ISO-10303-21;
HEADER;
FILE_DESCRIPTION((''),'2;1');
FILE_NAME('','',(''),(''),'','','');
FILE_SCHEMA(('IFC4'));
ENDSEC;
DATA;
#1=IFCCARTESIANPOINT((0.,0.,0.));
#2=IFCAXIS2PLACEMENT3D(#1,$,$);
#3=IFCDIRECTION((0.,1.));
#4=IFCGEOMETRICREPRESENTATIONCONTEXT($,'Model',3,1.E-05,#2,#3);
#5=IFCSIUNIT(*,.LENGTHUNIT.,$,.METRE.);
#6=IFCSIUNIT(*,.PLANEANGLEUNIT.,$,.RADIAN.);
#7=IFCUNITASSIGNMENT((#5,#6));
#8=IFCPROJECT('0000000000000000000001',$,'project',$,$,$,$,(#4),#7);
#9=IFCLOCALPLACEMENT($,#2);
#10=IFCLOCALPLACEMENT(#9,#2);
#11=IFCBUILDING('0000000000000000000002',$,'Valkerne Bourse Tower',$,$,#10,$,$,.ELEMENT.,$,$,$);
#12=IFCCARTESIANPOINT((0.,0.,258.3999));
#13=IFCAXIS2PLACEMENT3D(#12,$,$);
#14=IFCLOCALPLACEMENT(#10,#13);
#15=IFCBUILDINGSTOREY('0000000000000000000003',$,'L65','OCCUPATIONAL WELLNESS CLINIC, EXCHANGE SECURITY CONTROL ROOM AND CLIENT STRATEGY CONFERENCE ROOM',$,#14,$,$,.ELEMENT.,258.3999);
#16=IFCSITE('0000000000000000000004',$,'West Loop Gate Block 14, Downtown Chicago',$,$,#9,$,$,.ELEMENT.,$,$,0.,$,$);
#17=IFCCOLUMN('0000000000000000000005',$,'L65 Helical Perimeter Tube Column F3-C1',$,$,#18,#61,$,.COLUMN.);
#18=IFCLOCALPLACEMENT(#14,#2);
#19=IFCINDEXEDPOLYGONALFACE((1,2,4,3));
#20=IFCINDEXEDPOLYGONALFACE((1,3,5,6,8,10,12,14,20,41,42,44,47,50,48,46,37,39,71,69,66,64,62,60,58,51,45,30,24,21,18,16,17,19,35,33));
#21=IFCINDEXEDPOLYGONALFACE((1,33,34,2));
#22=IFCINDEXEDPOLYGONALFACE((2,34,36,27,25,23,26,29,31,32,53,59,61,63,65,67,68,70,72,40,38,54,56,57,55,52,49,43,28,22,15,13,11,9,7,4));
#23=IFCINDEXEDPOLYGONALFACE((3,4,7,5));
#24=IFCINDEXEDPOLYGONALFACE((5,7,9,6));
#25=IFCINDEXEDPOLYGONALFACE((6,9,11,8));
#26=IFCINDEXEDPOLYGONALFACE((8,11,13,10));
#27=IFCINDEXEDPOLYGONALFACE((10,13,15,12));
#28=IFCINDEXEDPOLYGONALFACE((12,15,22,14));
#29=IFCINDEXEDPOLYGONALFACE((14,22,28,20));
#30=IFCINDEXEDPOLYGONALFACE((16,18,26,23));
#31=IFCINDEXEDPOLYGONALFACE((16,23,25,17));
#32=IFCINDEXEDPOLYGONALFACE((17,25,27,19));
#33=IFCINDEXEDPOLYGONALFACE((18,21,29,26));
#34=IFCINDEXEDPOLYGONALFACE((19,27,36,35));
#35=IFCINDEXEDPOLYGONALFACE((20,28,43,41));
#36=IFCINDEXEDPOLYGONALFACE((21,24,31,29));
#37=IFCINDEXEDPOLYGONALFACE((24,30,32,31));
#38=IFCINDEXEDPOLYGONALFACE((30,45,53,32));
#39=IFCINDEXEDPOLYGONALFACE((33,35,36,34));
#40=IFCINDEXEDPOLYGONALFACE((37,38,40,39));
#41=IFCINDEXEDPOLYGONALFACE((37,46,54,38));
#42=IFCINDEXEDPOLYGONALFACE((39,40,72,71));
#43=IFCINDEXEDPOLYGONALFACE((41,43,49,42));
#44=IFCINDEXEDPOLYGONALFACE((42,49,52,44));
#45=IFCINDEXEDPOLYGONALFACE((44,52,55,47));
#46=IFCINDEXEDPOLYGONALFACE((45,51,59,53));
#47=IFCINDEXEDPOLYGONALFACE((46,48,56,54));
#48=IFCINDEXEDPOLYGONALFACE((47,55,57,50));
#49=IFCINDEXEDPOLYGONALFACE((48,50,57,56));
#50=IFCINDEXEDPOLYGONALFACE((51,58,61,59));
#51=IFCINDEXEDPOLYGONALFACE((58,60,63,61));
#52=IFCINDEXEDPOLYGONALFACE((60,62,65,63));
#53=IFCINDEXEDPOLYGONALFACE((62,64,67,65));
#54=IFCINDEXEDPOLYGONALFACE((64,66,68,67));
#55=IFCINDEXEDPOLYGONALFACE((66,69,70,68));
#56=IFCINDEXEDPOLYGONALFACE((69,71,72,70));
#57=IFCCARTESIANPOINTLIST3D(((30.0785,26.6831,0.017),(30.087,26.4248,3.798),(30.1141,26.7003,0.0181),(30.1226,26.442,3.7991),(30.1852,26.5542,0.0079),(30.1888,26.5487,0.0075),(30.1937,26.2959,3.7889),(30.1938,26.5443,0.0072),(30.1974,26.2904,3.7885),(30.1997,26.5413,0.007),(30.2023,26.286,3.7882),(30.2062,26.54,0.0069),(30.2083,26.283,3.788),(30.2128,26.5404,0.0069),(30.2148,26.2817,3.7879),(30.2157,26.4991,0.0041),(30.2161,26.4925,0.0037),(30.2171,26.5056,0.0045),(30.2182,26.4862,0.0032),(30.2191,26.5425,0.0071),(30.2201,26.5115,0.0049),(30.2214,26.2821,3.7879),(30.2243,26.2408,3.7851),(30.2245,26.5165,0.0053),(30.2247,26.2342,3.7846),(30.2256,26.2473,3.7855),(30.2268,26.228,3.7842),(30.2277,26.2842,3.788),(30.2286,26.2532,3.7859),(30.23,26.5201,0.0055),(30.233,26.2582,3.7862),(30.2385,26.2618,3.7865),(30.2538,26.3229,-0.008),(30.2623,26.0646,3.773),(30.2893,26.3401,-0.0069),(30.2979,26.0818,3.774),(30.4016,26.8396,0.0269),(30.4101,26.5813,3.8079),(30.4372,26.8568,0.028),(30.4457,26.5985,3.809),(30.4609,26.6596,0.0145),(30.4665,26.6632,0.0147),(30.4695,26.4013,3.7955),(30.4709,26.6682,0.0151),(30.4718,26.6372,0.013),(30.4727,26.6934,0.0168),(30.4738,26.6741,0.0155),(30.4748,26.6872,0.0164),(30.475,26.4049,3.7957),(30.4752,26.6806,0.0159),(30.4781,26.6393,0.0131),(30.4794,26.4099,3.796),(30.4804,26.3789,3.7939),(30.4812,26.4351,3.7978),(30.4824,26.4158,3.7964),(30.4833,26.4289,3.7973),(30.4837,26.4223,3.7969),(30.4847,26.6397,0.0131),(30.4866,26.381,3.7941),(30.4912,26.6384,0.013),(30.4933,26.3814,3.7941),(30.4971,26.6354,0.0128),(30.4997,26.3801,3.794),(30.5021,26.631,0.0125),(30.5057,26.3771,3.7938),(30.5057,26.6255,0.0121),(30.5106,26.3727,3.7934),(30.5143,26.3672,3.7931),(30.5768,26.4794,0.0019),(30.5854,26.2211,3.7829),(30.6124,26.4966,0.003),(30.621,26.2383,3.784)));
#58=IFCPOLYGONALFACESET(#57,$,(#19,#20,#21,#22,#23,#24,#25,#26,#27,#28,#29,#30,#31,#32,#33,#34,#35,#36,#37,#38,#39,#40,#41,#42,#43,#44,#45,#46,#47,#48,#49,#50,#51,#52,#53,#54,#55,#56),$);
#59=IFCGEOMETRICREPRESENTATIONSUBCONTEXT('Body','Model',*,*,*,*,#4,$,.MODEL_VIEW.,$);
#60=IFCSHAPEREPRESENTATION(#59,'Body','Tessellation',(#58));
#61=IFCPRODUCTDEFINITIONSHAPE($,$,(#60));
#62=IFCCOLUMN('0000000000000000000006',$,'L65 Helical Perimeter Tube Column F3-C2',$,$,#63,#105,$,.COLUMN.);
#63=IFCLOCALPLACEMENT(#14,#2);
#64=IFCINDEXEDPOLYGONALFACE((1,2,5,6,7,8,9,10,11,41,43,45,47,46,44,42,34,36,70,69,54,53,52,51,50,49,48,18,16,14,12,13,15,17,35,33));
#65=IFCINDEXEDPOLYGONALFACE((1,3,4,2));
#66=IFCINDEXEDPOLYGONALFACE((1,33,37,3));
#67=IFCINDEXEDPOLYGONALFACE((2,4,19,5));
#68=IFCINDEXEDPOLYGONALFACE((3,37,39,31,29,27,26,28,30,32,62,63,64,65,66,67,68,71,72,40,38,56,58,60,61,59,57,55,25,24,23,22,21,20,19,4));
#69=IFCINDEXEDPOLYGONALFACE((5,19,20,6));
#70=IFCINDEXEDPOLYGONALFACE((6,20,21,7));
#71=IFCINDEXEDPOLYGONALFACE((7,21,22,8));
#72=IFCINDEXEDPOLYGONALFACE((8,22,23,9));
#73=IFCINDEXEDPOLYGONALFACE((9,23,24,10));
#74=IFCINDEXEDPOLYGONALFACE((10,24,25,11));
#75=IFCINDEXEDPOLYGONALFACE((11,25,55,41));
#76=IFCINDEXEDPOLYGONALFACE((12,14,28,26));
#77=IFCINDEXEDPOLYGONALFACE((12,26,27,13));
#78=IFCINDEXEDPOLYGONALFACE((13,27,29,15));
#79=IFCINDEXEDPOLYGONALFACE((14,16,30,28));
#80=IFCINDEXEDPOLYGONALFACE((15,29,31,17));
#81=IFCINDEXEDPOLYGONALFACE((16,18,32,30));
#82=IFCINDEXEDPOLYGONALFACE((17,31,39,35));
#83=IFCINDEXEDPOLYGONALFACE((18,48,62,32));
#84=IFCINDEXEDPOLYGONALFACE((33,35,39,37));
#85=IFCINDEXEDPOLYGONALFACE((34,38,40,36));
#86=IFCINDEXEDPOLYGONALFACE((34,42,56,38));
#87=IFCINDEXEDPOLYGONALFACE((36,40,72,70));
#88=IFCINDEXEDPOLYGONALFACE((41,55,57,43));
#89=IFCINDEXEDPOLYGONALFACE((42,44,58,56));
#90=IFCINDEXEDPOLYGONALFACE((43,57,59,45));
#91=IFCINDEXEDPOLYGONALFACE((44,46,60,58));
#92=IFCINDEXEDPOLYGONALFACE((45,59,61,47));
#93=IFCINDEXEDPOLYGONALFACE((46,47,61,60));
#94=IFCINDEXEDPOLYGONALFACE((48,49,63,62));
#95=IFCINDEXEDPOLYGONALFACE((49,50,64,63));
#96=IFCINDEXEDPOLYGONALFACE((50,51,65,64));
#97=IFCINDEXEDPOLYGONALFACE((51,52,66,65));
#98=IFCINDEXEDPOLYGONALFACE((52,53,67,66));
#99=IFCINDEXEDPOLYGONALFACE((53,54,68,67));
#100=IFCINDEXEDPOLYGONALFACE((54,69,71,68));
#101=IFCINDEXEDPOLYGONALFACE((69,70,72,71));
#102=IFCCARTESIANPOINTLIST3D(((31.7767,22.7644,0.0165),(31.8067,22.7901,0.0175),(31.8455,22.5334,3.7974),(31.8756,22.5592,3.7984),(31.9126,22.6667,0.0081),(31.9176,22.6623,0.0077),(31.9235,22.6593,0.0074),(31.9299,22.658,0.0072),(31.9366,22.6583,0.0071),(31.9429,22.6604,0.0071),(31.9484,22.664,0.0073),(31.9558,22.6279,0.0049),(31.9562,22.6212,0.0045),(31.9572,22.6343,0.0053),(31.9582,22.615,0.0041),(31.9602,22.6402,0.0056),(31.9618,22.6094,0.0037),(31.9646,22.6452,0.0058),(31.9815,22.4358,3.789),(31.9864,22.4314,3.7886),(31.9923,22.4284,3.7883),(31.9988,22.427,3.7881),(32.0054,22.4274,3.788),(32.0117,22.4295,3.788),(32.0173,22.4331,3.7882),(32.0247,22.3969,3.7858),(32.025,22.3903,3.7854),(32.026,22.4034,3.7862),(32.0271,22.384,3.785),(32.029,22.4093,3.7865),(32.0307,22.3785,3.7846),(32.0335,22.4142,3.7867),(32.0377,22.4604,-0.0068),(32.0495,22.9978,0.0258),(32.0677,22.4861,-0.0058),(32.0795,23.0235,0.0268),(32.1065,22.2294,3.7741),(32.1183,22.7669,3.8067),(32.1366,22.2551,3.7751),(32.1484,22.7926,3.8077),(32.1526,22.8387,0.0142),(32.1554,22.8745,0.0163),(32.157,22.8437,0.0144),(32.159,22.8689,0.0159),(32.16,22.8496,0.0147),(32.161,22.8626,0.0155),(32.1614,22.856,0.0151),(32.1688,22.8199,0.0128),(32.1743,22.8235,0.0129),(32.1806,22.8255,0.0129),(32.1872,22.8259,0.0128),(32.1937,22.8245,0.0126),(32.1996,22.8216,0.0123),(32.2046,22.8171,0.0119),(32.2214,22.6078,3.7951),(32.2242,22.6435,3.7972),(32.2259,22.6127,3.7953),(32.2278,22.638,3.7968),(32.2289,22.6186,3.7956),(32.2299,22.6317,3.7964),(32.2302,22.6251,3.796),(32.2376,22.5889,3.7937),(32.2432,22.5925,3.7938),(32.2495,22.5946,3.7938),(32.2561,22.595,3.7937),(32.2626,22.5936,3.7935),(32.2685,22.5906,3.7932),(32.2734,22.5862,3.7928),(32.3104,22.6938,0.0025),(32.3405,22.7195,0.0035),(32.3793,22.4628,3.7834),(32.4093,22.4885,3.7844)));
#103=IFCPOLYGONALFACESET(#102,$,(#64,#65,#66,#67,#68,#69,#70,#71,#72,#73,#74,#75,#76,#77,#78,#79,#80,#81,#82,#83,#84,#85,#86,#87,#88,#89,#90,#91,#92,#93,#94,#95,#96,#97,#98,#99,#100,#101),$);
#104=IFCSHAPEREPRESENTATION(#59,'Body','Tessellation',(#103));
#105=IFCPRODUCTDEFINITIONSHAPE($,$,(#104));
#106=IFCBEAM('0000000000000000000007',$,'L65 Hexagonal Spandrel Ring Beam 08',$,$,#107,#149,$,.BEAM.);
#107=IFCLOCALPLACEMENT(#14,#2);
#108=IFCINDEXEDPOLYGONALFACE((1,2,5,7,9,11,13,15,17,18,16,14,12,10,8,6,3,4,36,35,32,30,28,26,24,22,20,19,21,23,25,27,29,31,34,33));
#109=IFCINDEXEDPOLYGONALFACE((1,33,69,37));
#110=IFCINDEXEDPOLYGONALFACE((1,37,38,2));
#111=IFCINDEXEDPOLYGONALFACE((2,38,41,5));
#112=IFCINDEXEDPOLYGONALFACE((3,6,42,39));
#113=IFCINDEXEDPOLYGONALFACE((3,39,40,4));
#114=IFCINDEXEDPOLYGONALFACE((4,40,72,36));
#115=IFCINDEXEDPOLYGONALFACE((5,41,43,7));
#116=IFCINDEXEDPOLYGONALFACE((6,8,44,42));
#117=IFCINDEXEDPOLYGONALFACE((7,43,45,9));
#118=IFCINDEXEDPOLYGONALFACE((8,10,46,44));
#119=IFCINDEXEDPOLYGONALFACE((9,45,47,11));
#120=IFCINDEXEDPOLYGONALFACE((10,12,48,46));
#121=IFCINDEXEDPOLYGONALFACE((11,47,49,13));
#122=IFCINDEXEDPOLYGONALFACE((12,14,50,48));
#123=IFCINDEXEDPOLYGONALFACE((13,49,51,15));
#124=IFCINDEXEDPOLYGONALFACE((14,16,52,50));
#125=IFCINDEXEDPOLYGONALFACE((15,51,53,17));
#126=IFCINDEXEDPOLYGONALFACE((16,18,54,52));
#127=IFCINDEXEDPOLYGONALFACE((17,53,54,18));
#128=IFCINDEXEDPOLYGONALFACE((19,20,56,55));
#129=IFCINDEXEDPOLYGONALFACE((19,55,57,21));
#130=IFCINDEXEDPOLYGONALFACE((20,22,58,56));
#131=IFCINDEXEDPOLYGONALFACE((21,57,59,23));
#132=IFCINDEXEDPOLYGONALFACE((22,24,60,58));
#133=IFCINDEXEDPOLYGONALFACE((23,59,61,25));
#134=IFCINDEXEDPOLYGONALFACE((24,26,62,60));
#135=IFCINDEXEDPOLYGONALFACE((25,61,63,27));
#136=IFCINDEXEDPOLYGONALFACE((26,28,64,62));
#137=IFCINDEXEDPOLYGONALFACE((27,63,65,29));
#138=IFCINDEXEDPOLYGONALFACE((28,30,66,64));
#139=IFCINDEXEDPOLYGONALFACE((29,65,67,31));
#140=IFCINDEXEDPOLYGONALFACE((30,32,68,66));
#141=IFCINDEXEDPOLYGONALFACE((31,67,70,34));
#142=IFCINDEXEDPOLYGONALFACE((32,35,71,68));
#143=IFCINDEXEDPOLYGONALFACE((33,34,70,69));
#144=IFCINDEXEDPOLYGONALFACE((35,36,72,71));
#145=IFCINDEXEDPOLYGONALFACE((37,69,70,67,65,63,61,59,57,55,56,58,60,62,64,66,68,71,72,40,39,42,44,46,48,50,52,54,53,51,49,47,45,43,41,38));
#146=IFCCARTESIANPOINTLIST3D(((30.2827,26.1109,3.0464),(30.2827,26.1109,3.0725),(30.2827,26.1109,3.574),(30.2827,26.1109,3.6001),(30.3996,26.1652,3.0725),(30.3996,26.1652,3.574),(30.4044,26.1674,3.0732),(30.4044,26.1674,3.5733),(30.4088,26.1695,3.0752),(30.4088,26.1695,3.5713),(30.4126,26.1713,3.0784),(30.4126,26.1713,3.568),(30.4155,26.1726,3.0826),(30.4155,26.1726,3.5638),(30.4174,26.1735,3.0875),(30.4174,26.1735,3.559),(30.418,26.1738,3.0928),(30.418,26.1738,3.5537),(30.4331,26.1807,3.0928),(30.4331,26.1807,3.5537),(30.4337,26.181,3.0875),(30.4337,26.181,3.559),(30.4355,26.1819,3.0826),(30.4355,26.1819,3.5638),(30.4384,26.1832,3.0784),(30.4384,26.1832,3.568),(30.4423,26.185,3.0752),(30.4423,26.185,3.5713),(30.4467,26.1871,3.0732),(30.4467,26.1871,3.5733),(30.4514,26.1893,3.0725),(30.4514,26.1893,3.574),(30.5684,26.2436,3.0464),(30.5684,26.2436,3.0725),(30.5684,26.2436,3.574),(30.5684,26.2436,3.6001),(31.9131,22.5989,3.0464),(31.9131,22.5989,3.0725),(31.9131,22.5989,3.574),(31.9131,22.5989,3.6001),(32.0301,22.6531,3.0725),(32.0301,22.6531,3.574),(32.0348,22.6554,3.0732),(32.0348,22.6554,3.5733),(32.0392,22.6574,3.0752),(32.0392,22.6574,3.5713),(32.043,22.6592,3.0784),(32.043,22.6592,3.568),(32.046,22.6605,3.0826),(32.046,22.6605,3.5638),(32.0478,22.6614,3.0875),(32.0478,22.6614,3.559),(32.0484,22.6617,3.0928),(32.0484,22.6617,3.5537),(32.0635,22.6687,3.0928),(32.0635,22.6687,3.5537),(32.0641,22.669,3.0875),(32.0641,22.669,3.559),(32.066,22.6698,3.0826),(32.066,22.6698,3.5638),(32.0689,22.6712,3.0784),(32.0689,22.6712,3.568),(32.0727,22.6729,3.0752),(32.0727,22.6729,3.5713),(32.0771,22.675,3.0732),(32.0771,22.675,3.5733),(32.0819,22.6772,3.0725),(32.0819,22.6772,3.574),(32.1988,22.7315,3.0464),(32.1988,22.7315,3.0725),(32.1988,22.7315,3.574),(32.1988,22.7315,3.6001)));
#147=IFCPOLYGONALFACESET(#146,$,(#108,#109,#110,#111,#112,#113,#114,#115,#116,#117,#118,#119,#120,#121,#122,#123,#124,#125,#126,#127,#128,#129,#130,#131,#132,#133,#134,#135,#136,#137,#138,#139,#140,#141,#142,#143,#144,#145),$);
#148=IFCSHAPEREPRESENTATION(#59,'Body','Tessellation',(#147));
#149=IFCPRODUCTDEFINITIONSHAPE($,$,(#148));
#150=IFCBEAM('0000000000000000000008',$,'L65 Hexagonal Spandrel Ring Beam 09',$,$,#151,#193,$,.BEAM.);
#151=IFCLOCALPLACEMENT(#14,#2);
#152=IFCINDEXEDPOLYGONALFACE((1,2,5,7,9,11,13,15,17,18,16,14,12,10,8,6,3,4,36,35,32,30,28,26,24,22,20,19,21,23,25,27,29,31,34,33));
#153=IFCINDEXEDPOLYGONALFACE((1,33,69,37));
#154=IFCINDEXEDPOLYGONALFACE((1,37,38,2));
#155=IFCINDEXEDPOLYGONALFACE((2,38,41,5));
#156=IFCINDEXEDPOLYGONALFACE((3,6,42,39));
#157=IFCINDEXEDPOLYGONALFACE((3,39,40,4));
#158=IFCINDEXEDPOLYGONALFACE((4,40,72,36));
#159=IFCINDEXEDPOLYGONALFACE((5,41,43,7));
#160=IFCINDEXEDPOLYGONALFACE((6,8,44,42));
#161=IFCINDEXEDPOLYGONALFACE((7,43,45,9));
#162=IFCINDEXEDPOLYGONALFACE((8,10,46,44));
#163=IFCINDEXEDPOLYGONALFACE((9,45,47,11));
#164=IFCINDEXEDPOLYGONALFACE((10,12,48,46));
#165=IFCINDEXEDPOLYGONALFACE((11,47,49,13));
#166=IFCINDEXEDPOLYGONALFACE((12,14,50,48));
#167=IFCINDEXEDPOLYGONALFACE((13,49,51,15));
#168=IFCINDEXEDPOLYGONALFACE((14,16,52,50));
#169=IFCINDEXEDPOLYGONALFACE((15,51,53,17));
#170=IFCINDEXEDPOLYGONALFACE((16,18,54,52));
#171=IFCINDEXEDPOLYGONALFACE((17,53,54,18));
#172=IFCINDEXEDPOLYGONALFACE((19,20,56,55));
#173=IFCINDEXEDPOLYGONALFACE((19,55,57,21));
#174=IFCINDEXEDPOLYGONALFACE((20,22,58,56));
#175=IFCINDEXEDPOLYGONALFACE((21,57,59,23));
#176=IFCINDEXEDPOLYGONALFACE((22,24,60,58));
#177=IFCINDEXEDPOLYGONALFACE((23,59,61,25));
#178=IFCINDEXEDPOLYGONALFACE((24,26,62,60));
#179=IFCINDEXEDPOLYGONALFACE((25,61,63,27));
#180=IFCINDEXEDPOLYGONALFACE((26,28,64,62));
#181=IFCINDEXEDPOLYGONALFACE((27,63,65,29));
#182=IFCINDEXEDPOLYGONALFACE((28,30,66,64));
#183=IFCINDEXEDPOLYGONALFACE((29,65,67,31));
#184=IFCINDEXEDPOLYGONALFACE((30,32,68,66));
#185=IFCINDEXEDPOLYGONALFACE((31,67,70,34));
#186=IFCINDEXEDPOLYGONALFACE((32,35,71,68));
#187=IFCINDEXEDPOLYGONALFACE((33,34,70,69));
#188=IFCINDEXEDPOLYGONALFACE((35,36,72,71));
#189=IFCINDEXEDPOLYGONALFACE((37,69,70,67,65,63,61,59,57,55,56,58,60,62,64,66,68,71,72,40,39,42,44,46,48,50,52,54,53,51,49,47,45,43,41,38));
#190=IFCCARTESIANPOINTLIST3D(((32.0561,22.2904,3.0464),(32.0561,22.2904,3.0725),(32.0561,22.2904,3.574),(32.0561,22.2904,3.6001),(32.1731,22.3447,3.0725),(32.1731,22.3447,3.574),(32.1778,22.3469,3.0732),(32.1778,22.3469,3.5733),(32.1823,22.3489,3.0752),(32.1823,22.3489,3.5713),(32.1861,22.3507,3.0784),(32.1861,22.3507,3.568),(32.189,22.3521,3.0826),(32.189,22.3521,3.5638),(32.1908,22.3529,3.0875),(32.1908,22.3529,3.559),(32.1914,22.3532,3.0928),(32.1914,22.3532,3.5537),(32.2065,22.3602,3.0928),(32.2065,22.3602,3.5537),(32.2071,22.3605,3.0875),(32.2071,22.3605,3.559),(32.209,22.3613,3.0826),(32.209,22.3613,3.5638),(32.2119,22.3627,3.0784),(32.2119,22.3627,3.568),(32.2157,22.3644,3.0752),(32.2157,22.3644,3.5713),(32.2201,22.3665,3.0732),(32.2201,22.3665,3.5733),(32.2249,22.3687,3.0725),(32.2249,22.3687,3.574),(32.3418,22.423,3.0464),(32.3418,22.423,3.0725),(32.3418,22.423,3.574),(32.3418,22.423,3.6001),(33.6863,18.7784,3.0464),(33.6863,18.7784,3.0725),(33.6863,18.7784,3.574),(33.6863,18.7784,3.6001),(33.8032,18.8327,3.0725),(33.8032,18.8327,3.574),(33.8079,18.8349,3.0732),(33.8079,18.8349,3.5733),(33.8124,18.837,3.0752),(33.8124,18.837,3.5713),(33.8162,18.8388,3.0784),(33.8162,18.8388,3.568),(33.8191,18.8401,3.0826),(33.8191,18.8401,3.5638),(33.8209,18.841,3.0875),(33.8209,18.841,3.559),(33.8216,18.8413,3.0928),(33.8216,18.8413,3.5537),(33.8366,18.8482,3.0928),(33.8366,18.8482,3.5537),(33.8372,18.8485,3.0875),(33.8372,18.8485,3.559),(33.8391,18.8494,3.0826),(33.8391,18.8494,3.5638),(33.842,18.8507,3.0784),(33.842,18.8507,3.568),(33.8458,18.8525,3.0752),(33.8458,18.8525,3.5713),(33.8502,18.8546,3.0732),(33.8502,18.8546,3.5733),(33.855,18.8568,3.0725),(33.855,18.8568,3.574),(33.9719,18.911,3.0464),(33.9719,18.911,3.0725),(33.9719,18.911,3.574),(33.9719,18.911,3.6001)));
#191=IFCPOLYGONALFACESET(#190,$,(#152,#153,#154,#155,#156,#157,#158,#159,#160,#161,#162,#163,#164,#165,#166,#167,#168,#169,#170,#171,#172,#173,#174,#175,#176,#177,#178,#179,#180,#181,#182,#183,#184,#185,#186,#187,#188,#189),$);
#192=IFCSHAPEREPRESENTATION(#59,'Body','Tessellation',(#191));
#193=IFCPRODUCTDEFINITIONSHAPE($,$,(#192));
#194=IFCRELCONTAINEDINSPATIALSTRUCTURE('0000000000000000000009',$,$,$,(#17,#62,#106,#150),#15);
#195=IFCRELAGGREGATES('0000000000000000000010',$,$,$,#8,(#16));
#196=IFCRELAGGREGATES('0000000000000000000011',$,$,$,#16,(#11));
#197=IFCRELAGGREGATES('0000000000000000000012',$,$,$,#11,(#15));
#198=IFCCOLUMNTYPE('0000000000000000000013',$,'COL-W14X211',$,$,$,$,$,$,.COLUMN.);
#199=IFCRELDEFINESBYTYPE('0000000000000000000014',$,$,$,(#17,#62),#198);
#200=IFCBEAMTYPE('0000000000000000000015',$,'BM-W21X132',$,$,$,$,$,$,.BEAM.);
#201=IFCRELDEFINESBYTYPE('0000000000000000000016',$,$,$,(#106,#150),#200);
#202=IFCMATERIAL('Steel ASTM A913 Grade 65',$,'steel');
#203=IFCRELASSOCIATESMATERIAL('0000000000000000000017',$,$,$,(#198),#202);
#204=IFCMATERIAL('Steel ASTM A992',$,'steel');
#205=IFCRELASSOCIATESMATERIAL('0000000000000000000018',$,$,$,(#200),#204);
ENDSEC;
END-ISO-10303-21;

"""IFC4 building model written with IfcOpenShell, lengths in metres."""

from ifc_helpers import new_model, si_unit, direction, frame, origin, origin_2d, place, context, subcontext, project, spatial, i_section, extrude, material, material_profile, profile_set, type_object, element, save


model = new_model("IFC4")

# Units and contexts
model_context = context("Model", 3, precision=1e-05, world=origin(), true_north=direction((0.0, 1.0)))
body_context = subcontext(model_context, "Body", "Model", "MODEL_VIEW")
ifc_project = project(units=[si_unit("LENGTHUNIT", "METRE"), si_unit("PLANEANGLEUNIT", "RADIAN")], contexts=[model_context])

# Site, building, storey
site_placement = place(None, origin())
site = spatial("IfcSite", under=ifc_project, at=site_placement, Name="West Loop Gate Block 14, Downtown Chicago", CompositionType="ELEMENT", RefElevation=0.0)
building_placement = place(site_placement, origin())
building = spatial("IfcBuilding", under=site, at=building_placement, Name="Valkerne Bourse Tower", CompositionType="ELEMENT")
storey_placement = place(building_placement, frame((0.0, 0.0, 258.3999)))
storey = spatial("IfcBuildingStorey", under=building, at=storey_placement, Name="L65", Description="OCCUPATIONAL WELLNESS CLINIC, EXCHANGE SECURITY CONTROL ROOM AND CLIENT STRATEGY CONFERENCE ROOM", CompositionType="ELEMENT", Elevation=258.3999)

# Columns
ifc_material_1 = material(Name="Steel ASTM A913 Grade 65", Category="steel")
ifc_material_profile_1 = material_profile(ifc_material_1, i_section(OverallWidth=0.4014, OverallDepth=0.3987, WebThickness=0.0249, FlangeThickness=0.0396, FilletRadius=0.0254, at=origin_2d()), Name="W14X211")
ifc_profile_set_1 = profile_set([ifc_material_profile_1], Name="Steel ASTM A913 Grade 65")
column_type = type_object("IfcColumnType", Name="COL-W14X211", PredefinedType="COLUMN", material=ifc_profile_set_1)
column_1_placement = place(storey_placement, frame((30.3455, 26.5898, 0.01), z_axis=(0.002255, -0.068156, 0.997672), x_axis=(0.436649, -0.897472, -0.062298)))
element("IfcColumn", 1, at=column_1_placement, inside=storey, type_object=column_type, Name="L65 Helical Perimeter Tube Column F3-C1", PredefinedType="COLUMN", context=body_context, shape_type="SweptSolid", body=[
    extrude(i_section(OverallWidth=0.4014, OverallDepth=0.3987, WebThickness=0.0249, FlangeThickness=0.0396, FilletRadius=0.0254, at=origin_2d()), origin(), (0.0, 0.0, 1.0), 3.7898),
])
column_2_placement = place(storey_placement, frame((32.0586, 22.7419, 0.01), z_axis=(0.018172, -0.06096, 0.997975), x_axis=(0.650235, -0.757508, -0.058111)))
element("IfcColumn", 2, at=column_2_placement, inside=storey, type_object=column_type, Name="L65 Helical Perimeter Tube Column F3-C2", PredefinedType="COLUMN", context=body_context, shape_type="SweptSolid", body=[
    extrude(i_section(OverallWidth=0.4014, OverallDepth=0.3987, WebThickness=0.0249, FlangeThickness=0.0396, FilletRadius=0.0254, at=origin_2d()), origin(), (0.0, 0.0, 1.0), 3.7886),
])

# Beams
ifc_material_2 = material(Name="Steel ASTM A992", Category="steel")
ifc_material_profile_2 = material_profile(ifc_material_2, i_section(OverallWidth=0.3149, OverallDepth=0.5537, WebThickness=0.0166, FlangeThickness=0.0261, FilletRadius=0.0203, at=origin_2d()), Name="W21X132")
ifc_profile_set_2 = profile_set([ifc_material_profile_2], Name="Steel ASTM A992")
beam_type = type_object("IfcBeamType", Name="BM-W21X132", PredefinedType="BEAM", material=ifc_profile_set_2)
beam_1_placement = place(storey_placement, frame((30.4255, 26.1772, 3.3232), z_axis=(0.421072, -0.907027, 0.0), x_axis=(0.907027, 0.421072, 0.0)))
element("IfcBeam", 3, at=beam_1_placement, inside=storey, type_object=beam_type, Name="L65 Hexagonal Spandrel Ring Beam 08", PredefinedType="BEAM", context=body_context, shape_type="SweptSolid", body=[
    extrude(i_section(OverallWidth=0.3149, OverallDepth=0.5537, WebThickness=0.0166, FlangeThickness=0.0261, FilletRadius=0.0203, at=origin_2d()), origin(), (0.0, 0.0, 1.0), 3.8721),
])
beam_2_placement = place(storey_placement, frame((32.199, 22.3567, 3.3232), z_axis=(0.421021, -0.907051, 0.0), x_axis=(0.907051, 0.421021, 0.0)))
element("IfcBeam", 4, at=beam_2_placement, inside=storey, type_object=beam_type, Name="L65 Hexagonal Spandrel Ring Beam 09", PredefinedType="BEAM", context=body_context, shape_type="SweptSolid", body=[
    extrude(i_section(OverallWidth=0.3149, OverallDepth=0.5537, WebThickness=0.0166, FlangeThickness=0.0261, FilletRadius=0.0203, at=origin_2d()), origin(), (0.0, 0.0, 1.0), 3.8718),
])

save(model, "model.ifc")
